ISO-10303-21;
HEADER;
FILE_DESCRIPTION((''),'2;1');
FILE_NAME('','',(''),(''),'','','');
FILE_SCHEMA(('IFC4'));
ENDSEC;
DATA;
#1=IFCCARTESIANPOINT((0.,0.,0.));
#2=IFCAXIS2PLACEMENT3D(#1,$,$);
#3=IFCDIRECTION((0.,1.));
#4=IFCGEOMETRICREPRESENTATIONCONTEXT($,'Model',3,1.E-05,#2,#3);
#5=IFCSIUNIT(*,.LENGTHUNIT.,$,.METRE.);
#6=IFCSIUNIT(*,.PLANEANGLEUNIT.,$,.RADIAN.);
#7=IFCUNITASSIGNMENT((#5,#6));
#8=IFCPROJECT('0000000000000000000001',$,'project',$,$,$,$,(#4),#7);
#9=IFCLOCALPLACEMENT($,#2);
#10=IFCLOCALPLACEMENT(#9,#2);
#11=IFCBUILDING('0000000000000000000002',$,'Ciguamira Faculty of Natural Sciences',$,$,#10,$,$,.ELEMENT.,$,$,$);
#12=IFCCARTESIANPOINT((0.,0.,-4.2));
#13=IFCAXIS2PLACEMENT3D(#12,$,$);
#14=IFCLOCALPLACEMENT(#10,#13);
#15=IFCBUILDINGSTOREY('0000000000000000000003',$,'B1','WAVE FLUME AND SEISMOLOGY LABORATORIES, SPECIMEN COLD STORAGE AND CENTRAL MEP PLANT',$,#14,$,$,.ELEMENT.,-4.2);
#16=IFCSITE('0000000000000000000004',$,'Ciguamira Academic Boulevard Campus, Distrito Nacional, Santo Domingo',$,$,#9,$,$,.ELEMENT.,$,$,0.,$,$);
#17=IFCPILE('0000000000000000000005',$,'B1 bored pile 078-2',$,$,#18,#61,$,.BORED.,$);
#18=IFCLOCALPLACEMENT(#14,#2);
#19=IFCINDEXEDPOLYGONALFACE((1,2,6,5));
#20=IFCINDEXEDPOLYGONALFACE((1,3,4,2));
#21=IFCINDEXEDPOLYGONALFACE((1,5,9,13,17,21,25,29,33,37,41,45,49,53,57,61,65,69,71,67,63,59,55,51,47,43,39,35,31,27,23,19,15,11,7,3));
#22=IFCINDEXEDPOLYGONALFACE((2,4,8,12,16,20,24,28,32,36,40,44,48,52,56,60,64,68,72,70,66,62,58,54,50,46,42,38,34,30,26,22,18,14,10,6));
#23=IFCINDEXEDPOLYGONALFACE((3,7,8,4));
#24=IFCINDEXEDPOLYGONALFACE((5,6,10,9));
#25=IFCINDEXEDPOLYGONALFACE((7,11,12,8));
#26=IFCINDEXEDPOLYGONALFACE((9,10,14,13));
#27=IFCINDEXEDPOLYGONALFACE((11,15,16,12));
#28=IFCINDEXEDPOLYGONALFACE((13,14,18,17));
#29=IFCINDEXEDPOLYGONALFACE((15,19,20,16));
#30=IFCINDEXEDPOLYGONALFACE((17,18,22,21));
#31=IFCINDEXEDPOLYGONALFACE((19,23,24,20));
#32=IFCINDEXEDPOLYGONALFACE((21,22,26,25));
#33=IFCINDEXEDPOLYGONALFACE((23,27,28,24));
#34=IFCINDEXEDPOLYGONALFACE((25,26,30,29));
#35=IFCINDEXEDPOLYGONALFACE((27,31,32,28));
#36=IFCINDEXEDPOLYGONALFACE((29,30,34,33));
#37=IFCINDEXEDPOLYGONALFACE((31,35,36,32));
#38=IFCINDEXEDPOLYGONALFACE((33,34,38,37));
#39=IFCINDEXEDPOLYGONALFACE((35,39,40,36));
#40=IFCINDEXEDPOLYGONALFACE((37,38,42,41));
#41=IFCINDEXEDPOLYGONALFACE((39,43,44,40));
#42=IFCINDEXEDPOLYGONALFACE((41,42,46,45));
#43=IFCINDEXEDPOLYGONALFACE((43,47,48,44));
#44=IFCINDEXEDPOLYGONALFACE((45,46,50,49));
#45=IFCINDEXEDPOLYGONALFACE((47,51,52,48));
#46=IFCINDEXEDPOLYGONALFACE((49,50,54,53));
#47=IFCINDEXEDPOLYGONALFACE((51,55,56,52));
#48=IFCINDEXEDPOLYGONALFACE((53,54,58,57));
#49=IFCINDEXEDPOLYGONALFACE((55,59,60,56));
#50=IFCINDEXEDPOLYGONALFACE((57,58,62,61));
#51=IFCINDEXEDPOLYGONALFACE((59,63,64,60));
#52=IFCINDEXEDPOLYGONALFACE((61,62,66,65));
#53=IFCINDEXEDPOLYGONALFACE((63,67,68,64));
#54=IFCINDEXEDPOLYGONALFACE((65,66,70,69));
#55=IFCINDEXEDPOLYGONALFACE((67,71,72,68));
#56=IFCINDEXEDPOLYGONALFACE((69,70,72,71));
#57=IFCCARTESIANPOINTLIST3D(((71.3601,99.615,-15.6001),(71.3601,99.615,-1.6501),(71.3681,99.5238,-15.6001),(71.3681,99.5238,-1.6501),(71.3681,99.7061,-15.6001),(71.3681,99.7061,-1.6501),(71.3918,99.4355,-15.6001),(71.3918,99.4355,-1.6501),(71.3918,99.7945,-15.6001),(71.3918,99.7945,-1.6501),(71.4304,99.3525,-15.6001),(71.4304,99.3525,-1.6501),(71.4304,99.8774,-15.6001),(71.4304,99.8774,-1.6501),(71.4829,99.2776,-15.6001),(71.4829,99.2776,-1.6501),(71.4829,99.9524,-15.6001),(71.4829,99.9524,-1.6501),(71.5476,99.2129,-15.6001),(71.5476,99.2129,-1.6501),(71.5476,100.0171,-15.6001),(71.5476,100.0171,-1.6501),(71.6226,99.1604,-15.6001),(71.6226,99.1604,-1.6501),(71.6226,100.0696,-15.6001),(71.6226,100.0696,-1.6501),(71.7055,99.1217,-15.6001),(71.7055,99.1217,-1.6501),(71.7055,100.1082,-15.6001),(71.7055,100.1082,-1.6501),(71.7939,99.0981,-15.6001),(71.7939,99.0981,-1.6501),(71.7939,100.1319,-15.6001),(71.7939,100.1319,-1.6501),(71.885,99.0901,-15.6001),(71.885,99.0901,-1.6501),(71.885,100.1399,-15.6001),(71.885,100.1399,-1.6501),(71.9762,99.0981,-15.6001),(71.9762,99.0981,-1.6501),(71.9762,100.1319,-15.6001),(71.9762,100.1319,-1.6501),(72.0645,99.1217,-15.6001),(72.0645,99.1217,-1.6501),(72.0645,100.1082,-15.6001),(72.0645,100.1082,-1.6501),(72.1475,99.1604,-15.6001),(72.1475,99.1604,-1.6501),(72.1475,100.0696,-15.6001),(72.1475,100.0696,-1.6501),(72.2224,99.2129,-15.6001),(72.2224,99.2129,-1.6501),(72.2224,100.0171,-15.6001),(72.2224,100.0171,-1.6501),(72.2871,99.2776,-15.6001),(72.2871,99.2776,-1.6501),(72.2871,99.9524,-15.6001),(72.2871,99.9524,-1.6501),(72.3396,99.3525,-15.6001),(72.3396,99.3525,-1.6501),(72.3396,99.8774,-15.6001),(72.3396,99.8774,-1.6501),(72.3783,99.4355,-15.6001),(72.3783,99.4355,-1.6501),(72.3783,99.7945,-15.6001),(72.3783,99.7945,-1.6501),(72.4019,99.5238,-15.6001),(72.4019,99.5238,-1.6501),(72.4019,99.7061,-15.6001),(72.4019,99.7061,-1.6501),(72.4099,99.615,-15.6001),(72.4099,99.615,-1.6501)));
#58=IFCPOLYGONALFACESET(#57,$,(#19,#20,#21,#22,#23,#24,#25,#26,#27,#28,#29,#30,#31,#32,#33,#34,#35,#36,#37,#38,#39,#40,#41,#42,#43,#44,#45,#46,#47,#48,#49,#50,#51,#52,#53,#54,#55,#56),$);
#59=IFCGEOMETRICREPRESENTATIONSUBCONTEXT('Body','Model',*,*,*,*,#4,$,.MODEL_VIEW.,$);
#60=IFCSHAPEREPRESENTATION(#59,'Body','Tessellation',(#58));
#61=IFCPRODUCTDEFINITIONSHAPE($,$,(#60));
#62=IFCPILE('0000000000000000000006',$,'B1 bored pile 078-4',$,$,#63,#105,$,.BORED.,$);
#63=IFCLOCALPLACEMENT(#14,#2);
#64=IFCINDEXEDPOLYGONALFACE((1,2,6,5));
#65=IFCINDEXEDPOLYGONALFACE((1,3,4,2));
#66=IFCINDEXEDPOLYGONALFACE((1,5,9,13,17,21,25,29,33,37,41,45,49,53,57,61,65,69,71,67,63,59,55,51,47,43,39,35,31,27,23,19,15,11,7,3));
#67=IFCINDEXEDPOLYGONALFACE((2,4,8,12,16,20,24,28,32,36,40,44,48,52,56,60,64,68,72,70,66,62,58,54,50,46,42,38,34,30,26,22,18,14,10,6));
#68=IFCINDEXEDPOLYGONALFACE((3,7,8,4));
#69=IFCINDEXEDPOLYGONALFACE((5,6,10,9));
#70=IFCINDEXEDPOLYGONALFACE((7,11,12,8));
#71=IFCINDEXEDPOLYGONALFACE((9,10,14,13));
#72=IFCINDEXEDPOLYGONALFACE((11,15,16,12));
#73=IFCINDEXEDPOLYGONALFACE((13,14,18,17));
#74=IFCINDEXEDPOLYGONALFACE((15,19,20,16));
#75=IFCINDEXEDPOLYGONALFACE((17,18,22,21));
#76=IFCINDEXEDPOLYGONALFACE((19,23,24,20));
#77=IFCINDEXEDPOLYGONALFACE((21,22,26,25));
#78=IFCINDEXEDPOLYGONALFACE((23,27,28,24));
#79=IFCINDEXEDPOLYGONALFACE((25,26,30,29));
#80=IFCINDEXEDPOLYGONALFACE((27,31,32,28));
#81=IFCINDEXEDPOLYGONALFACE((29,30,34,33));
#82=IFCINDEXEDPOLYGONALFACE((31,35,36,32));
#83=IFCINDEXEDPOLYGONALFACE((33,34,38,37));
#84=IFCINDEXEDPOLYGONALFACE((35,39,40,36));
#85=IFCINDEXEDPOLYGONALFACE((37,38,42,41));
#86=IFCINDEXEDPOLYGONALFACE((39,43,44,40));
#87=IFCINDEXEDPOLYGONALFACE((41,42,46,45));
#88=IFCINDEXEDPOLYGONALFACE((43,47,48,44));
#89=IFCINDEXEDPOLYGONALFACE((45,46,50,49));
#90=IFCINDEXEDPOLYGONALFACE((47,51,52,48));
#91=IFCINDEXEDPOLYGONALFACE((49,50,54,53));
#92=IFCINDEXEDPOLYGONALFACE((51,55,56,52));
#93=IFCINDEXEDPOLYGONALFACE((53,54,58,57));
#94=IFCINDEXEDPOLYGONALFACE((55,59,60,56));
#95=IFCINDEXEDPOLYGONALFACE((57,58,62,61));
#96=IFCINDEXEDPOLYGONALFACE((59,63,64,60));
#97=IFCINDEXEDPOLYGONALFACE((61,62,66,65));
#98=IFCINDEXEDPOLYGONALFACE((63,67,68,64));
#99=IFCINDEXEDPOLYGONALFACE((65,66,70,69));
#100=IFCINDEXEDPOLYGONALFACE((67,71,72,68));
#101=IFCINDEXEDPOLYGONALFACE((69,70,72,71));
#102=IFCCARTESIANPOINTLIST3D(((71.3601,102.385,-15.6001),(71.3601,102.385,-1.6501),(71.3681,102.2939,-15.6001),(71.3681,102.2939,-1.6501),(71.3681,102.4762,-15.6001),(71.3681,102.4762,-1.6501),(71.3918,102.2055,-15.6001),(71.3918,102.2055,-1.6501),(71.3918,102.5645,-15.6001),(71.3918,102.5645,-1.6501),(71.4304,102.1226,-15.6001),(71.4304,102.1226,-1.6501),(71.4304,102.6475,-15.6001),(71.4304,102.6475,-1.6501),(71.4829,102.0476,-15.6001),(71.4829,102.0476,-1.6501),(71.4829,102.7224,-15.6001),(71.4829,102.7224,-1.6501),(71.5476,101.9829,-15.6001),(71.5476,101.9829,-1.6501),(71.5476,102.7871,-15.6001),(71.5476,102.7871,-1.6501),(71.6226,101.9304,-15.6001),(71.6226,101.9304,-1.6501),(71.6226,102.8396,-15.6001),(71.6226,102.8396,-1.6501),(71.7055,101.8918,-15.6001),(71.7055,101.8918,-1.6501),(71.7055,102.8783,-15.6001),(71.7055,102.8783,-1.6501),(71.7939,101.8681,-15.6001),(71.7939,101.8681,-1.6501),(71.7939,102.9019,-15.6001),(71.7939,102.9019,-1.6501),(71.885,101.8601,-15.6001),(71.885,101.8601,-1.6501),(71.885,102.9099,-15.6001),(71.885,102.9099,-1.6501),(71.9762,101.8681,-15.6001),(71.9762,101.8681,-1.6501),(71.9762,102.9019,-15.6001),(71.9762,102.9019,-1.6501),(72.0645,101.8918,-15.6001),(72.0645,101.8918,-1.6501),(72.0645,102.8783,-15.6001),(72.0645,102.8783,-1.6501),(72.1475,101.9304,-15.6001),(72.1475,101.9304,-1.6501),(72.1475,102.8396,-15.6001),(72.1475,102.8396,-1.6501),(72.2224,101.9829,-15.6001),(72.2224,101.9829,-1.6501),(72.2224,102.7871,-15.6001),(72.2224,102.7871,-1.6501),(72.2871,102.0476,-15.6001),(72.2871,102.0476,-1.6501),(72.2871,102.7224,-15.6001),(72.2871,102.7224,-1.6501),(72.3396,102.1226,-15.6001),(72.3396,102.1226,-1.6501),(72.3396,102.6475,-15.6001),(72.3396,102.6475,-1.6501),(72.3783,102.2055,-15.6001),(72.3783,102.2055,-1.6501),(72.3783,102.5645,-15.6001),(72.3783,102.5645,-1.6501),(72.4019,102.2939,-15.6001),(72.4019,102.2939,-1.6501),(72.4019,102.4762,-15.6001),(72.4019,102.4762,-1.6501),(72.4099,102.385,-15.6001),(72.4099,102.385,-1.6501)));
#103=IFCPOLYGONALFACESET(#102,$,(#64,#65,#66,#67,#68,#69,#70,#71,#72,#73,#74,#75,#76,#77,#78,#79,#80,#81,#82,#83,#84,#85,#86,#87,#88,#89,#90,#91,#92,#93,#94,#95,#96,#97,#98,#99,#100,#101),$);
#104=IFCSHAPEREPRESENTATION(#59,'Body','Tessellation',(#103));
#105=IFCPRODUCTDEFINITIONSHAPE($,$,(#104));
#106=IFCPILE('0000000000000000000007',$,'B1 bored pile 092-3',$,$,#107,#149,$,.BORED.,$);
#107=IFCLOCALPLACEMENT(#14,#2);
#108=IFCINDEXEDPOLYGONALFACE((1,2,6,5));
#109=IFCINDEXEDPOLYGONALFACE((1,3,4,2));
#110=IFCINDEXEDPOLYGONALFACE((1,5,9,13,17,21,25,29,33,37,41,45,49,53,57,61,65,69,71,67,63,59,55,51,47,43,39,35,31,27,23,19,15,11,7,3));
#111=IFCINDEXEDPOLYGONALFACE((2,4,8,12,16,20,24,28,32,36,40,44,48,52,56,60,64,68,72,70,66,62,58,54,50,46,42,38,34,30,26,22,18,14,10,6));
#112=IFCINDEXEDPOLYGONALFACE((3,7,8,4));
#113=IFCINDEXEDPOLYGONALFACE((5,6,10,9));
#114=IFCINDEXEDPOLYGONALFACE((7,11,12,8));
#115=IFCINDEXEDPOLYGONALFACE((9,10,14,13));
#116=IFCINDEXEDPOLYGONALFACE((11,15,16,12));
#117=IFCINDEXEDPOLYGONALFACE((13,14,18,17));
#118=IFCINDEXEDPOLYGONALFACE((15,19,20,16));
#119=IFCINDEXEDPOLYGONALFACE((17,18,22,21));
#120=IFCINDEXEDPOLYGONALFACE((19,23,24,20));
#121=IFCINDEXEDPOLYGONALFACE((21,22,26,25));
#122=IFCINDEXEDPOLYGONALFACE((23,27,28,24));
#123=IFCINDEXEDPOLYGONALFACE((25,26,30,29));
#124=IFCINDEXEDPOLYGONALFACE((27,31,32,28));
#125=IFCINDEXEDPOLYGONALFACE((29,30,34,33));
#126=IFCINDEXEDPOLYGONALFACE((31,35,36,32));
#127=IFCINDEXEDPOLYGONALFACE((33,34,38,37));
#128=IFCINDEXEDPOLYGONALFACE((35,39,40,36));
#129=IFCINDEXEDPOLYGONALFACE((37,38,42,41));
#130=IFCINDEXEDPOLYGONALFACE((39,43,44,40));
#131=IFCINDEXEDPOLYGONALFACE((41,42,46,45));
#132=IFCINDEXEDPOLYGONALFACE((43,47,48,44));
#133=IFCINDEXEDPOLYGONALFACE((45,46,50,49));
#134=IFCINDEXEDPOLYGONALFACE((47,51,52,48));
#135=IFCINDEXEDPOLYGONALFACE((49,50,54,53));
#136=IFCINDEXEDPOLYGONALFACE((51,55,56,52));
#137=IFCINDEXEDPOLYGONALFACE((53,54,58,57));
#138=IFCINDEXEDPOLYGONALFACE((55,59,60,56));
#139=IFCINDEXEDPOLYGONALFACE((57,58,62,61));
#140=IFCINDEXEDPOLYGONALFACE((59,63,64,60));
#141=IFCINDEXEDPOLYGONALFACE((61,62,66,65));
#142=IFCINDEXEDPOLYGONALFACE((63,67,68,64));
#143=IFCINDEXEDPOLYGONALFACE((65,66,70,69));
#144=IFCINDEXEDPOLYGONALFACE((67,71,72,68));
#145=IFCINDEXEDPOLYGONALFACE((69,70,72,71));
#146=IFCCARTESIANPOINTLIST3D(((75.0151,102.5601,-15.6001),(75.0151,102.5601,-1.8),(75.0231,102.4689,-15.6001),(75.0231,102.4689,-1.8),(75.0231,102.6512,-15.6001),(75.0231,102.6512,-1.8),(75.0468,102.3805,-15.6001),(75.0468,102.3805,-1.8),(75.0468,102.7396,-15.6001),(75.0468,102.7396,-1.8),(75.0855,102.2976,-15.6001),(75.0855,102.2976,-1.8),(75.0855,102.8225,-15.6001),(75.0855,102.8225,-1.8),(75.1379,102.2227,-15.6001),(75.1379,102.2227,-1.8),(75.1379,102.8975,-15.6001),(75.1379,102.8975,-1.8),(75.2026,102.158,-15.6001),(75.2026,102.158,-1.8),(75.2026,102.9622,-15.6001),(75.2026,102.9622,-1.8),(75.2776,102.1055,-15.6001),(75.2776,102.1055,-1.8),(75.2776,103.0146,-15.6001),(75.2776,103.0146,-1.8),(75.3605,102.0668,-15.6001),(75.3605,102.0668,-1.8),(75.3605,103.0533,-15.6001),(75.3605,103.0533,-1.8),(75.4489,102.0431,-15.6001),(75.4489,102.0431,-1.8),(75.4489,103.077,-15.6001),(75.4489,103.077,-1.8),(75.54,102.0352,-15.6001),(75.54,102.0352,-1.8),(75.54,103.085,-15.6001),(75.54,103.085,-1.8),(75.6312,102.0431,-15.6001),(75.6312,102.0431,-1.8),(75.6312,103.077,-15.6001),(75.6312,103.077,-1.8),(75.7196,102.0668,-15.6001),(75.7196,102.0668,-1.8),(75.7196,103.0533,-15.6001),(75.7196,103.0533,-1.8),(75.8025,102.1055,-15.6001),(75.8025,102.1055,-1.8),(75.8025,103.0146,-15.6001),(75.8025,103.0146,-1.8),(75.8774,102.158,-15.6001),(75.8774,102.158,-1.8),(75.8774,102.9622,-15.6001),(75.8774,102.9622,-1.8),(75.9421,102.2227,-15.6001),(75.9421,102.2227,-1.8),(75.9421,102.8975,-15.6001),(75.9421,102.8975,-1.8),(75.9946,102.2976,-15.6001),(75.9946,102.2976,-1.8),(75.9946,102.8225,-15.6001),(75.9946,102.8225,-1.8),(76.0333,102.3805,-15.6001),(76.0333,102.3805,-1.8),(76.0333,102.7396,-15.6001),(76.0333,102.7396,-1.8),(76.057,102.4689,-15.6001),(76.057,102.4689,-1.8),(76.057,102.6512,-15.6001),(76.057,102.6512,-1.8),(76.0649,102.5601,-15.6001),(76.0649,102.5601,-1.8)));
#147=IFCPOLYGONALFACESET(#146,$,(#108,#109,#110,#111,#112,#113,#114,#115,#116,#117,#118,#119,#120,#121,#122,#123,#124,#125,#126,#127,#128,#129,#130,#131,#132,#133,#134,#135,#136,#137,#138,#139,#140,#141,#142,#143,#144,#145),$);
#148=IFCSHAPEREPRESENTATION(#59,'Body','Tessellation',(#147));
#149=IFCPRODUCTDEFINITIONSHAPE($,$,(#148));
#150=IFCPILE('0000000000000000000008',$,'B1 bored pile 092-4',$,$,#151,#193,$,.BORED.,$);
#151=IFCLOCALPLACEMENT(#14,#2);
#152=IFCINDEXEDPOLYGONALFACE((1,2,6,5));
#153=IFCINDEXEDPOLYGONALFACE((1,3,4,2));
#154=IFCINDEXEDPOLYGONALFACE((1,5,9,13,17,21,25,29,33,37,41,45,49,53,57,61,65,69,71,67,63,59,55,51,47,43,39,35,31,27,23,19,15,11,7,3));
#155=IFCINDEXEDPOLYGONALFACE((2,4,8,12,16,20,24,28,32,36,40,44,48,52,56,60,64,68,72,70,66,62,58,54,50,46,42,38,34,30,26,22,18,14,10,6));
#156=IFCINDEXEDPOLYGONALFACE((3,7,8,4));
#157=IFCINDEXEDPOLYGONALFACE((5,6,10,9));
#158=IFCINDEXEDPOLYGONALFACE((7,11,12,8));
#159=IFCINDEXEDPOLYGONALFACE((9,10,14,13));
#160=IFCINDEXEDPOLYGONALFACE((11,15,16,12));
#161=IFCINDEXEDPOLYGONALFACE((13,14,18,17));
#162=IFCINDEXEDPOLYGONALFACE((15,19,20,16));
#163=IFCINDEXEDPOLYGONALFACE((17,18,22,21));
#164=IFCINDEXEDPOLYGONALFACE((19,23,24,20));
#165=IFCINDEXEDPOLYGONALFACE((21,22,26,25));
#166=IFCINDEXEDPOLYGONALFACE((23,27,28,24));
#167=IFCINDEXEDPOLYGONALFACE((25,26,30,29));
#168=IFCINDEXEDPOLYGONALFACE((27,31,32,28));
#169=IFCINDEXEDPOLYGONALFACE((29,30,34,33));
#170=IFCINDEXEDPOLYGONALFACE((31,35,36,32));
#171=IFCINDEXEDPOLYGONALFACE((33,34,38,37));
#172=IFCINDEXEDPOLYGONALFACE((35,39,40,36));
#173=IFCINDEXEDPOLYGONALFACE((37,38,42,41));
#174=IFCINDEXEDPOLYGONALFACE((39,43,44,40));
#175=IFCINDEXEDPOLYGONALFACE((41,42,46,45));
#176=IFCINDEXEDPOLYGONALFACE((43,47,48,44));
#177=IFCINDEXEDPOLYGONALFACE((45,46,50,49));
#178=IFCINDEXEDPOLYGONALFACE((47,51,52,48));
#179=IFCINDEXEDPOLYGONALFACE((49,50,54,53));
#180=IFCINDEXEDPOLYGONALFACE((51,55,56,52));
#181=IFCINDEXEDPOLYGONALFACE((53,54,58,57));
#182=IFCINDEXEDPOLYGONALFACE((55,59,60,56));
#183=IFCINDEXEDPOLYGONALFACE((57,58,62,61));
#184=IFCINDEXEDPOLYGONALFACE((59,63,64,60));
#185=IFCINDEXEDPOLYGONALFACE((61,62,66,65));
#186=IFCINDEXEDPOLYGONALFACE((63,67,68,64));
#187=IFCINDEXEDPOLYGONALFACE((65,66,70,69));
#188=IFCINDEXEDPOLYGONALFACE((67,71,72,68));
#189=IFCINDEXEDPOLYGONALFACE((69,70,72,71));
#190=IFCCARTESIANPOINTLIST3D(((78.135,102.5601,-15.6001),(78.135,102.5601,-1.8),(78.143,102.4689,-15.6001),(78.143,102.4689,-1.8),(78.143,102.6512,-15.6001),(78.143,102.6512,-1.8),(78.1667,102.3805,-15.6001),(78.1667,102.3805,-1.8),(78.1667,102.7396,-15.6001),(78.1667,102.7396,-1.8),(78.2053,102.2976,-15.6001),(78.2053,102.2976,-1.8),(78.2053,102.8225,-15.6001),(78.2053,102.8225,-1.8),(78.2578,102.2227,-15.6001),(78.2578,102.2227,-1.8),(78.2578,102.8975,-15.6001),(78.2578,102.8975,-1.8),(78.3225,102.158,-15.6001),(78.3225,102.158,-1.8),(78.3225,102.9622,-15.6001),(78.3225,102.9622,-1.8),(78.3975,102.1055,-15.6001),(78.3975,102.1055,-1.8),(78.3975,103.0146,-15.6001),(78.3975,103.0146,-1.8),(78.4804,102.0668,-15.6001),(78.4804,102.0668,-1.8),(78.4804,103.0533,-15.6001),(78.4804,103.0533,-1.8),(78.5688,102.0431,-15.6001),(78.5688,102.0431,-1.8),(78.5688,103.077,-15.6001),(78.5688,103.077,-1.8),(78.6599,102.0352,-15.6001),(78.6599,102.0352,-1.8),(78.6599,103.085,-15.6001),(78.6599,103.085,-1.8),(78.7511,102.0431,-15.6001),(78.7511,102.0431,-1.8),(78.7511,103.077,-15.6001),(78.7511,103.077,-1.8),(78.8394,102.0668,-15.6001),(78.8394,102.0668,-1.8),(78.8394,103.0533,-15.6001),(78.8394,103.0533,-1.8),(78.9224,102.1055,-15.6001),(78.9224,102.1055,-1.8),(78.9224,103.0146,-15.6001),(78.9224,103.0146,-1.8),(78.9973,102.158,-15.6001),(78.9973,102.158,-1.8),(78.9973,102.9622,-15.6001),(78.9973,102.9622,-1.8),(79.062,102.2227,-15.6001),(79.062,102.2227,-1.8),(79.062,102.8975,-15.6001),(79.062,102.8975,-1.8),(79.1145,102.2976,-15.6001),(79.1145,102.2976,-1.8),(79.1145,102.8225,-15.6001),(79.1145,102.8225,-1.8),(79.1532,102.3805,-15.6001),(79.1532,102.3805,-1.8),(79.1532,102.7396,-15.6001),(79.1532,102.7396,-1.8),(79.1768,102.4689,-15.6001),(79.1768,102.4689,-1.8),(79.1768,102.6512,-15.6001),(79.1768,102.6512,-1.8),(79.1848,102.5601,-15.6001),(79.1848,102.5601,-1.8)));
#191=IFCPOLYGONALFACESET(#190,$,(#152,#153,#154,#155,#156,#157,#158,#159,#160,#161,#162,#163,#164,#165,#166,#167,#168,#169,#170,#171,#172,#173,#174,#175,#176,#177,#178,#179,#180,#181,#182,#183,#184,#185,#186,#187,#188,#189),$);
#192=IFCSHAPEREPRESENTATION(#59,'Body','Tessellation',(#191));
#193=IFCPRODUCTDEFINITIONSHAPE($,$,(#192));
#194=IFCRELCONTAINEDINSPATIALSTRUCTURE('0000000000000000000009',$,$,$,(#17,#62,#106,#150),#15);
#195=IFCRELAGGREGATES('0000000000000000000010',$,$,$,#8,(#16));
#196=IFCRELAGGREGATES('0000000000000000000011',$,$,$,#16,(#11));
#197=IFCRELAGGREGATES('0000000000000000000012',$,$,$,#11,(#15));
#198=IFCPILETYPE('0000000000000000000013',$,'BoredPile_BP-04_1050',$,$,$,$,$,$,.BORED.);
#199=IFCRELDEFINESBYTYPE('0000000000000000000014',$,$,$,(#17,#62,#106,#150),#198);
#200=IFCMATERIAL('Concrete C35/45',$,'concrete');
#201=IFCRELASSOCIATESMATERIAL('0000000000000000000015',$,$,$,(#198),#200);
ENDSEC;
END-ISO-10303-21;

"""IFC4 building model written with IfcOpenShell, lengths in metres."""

from ifc_helpers import new_model, si_unit, direction, frame, origin, origin_2d, place, context, subcontext, project, spatial, circle, extrude, material, material_profile, profile_set, type_object, element, save


model = new_model("IFC4")

# Units and contexts
model_context = context("Model", 3, precision=1e-05, world=origin(), true_north=direction((0.0, 1.0)))
body_context = subcontext(model_context, "Body", "Model", "MODEL_VIEW")
ifc_project = project(units=[si_unit("LENGTHUNIT", "METRE"), si_unit("PLANEANGLEUNIT", "RADIAN")], contexts=[model_context])

# Site, building, storey
site_placement = place(None, origin())
site = spatial("IfcSite", under=ifc_project, at=site_placement, Name="Ciguamira Academic Boulevard Campus, Distrito Nacional, Santo Domingo", CompositionType="ELEMENT", RefElevation=0.0)
building_placement = place(site_placement, origin())
building = spatial("IfcBuilding", under=site, at=building_placement, Name="Ciguamira Faculty of Natural Sciences", CompositionType="ELEMENT")
storey_placement = place(building_placement, frame((0.0, 0.0, -4.2)))
storey = spatial("IfcBuildingStorey", under=building, at=storey_placement, Name="B1", Description="WAVE FLUME AND SEISMOLOGY LABORATORIES, SPECIMEN COLD STORAGE AND CENTRAL MEP PLANT", CompositionType="ELEMENT", Elevation=-4.2)

# Piles
ifc_material_1 = material(Name="Concrete C35/45", Category="concrete")
ifc_material_profile_1 = material_profile(ifc_material_1, circle(Radius=0.5249, at=origin_2d()), Name="PILE-BORED-1050")
ifc_profile_set_1 = profile_set([ifc_material_profile_1], Name="Concrete C35/45")
pile_type_1 = type_object("IfcPileType", Name="BoredPile_BP-04_1050", PredefinedType="BORED", material=ifc_profile_set_1)
for number, where, z_axis, x_axis, name in (
    (1, (71.885, 99.615, -1.6501), (0.0, 0.0, -1.0), (1.0, 0.0, 0.0), "B1 bored pile 078-2"),
    (2, (71.885, 102.385, -1.6501), (0.0, 0.0, -1.0), (1.0, 0.0, 0.0), "B1 bored pile 078-4"),
):
    element("IfcPile", number, at=place(storey_placement, frame(where, z_axis=z_axis, x_axis=x_axis)), inside=storey, type_object=pile_type_1, Name=name, PredefinedType="BORED", context=body_context, shape_type="SweptSolid", body=[
        extrude(circle(Radius=0.5249, at=origin_2d()), origin(), (0.0, 0.0, 1.0), 13.95),
    ])
for number, where, z_axis, x_axis, name in (
    (3, (75.54, 102.5601, -1.8), (0.0, 0.0, -1.0), (1.0, 0.0, 0.0), "B1 bored pile 092-3"),
    (4, (78.6599, 102.5601, -1.8), (0.0, 0.0, -1.0), (1.0, 0.0, 0.0), "B1 bored pile 092-4"),
):
    element("IfcPile", number, at=place(storey_placement, frame(where, z_axis=z_axis, x_axis=x_axis)), inside=storey, type_object=pile_type_1, Name=name, PredefinedType="BORED", context=body_context, shape_type="SweptSolid", body=[
        extrude(circle(Radius=0.5249, at=origin_2d()), origin(), (0.0, 0.0, 1.0), 13.8),
    ])

save(model, "model.ifc")
